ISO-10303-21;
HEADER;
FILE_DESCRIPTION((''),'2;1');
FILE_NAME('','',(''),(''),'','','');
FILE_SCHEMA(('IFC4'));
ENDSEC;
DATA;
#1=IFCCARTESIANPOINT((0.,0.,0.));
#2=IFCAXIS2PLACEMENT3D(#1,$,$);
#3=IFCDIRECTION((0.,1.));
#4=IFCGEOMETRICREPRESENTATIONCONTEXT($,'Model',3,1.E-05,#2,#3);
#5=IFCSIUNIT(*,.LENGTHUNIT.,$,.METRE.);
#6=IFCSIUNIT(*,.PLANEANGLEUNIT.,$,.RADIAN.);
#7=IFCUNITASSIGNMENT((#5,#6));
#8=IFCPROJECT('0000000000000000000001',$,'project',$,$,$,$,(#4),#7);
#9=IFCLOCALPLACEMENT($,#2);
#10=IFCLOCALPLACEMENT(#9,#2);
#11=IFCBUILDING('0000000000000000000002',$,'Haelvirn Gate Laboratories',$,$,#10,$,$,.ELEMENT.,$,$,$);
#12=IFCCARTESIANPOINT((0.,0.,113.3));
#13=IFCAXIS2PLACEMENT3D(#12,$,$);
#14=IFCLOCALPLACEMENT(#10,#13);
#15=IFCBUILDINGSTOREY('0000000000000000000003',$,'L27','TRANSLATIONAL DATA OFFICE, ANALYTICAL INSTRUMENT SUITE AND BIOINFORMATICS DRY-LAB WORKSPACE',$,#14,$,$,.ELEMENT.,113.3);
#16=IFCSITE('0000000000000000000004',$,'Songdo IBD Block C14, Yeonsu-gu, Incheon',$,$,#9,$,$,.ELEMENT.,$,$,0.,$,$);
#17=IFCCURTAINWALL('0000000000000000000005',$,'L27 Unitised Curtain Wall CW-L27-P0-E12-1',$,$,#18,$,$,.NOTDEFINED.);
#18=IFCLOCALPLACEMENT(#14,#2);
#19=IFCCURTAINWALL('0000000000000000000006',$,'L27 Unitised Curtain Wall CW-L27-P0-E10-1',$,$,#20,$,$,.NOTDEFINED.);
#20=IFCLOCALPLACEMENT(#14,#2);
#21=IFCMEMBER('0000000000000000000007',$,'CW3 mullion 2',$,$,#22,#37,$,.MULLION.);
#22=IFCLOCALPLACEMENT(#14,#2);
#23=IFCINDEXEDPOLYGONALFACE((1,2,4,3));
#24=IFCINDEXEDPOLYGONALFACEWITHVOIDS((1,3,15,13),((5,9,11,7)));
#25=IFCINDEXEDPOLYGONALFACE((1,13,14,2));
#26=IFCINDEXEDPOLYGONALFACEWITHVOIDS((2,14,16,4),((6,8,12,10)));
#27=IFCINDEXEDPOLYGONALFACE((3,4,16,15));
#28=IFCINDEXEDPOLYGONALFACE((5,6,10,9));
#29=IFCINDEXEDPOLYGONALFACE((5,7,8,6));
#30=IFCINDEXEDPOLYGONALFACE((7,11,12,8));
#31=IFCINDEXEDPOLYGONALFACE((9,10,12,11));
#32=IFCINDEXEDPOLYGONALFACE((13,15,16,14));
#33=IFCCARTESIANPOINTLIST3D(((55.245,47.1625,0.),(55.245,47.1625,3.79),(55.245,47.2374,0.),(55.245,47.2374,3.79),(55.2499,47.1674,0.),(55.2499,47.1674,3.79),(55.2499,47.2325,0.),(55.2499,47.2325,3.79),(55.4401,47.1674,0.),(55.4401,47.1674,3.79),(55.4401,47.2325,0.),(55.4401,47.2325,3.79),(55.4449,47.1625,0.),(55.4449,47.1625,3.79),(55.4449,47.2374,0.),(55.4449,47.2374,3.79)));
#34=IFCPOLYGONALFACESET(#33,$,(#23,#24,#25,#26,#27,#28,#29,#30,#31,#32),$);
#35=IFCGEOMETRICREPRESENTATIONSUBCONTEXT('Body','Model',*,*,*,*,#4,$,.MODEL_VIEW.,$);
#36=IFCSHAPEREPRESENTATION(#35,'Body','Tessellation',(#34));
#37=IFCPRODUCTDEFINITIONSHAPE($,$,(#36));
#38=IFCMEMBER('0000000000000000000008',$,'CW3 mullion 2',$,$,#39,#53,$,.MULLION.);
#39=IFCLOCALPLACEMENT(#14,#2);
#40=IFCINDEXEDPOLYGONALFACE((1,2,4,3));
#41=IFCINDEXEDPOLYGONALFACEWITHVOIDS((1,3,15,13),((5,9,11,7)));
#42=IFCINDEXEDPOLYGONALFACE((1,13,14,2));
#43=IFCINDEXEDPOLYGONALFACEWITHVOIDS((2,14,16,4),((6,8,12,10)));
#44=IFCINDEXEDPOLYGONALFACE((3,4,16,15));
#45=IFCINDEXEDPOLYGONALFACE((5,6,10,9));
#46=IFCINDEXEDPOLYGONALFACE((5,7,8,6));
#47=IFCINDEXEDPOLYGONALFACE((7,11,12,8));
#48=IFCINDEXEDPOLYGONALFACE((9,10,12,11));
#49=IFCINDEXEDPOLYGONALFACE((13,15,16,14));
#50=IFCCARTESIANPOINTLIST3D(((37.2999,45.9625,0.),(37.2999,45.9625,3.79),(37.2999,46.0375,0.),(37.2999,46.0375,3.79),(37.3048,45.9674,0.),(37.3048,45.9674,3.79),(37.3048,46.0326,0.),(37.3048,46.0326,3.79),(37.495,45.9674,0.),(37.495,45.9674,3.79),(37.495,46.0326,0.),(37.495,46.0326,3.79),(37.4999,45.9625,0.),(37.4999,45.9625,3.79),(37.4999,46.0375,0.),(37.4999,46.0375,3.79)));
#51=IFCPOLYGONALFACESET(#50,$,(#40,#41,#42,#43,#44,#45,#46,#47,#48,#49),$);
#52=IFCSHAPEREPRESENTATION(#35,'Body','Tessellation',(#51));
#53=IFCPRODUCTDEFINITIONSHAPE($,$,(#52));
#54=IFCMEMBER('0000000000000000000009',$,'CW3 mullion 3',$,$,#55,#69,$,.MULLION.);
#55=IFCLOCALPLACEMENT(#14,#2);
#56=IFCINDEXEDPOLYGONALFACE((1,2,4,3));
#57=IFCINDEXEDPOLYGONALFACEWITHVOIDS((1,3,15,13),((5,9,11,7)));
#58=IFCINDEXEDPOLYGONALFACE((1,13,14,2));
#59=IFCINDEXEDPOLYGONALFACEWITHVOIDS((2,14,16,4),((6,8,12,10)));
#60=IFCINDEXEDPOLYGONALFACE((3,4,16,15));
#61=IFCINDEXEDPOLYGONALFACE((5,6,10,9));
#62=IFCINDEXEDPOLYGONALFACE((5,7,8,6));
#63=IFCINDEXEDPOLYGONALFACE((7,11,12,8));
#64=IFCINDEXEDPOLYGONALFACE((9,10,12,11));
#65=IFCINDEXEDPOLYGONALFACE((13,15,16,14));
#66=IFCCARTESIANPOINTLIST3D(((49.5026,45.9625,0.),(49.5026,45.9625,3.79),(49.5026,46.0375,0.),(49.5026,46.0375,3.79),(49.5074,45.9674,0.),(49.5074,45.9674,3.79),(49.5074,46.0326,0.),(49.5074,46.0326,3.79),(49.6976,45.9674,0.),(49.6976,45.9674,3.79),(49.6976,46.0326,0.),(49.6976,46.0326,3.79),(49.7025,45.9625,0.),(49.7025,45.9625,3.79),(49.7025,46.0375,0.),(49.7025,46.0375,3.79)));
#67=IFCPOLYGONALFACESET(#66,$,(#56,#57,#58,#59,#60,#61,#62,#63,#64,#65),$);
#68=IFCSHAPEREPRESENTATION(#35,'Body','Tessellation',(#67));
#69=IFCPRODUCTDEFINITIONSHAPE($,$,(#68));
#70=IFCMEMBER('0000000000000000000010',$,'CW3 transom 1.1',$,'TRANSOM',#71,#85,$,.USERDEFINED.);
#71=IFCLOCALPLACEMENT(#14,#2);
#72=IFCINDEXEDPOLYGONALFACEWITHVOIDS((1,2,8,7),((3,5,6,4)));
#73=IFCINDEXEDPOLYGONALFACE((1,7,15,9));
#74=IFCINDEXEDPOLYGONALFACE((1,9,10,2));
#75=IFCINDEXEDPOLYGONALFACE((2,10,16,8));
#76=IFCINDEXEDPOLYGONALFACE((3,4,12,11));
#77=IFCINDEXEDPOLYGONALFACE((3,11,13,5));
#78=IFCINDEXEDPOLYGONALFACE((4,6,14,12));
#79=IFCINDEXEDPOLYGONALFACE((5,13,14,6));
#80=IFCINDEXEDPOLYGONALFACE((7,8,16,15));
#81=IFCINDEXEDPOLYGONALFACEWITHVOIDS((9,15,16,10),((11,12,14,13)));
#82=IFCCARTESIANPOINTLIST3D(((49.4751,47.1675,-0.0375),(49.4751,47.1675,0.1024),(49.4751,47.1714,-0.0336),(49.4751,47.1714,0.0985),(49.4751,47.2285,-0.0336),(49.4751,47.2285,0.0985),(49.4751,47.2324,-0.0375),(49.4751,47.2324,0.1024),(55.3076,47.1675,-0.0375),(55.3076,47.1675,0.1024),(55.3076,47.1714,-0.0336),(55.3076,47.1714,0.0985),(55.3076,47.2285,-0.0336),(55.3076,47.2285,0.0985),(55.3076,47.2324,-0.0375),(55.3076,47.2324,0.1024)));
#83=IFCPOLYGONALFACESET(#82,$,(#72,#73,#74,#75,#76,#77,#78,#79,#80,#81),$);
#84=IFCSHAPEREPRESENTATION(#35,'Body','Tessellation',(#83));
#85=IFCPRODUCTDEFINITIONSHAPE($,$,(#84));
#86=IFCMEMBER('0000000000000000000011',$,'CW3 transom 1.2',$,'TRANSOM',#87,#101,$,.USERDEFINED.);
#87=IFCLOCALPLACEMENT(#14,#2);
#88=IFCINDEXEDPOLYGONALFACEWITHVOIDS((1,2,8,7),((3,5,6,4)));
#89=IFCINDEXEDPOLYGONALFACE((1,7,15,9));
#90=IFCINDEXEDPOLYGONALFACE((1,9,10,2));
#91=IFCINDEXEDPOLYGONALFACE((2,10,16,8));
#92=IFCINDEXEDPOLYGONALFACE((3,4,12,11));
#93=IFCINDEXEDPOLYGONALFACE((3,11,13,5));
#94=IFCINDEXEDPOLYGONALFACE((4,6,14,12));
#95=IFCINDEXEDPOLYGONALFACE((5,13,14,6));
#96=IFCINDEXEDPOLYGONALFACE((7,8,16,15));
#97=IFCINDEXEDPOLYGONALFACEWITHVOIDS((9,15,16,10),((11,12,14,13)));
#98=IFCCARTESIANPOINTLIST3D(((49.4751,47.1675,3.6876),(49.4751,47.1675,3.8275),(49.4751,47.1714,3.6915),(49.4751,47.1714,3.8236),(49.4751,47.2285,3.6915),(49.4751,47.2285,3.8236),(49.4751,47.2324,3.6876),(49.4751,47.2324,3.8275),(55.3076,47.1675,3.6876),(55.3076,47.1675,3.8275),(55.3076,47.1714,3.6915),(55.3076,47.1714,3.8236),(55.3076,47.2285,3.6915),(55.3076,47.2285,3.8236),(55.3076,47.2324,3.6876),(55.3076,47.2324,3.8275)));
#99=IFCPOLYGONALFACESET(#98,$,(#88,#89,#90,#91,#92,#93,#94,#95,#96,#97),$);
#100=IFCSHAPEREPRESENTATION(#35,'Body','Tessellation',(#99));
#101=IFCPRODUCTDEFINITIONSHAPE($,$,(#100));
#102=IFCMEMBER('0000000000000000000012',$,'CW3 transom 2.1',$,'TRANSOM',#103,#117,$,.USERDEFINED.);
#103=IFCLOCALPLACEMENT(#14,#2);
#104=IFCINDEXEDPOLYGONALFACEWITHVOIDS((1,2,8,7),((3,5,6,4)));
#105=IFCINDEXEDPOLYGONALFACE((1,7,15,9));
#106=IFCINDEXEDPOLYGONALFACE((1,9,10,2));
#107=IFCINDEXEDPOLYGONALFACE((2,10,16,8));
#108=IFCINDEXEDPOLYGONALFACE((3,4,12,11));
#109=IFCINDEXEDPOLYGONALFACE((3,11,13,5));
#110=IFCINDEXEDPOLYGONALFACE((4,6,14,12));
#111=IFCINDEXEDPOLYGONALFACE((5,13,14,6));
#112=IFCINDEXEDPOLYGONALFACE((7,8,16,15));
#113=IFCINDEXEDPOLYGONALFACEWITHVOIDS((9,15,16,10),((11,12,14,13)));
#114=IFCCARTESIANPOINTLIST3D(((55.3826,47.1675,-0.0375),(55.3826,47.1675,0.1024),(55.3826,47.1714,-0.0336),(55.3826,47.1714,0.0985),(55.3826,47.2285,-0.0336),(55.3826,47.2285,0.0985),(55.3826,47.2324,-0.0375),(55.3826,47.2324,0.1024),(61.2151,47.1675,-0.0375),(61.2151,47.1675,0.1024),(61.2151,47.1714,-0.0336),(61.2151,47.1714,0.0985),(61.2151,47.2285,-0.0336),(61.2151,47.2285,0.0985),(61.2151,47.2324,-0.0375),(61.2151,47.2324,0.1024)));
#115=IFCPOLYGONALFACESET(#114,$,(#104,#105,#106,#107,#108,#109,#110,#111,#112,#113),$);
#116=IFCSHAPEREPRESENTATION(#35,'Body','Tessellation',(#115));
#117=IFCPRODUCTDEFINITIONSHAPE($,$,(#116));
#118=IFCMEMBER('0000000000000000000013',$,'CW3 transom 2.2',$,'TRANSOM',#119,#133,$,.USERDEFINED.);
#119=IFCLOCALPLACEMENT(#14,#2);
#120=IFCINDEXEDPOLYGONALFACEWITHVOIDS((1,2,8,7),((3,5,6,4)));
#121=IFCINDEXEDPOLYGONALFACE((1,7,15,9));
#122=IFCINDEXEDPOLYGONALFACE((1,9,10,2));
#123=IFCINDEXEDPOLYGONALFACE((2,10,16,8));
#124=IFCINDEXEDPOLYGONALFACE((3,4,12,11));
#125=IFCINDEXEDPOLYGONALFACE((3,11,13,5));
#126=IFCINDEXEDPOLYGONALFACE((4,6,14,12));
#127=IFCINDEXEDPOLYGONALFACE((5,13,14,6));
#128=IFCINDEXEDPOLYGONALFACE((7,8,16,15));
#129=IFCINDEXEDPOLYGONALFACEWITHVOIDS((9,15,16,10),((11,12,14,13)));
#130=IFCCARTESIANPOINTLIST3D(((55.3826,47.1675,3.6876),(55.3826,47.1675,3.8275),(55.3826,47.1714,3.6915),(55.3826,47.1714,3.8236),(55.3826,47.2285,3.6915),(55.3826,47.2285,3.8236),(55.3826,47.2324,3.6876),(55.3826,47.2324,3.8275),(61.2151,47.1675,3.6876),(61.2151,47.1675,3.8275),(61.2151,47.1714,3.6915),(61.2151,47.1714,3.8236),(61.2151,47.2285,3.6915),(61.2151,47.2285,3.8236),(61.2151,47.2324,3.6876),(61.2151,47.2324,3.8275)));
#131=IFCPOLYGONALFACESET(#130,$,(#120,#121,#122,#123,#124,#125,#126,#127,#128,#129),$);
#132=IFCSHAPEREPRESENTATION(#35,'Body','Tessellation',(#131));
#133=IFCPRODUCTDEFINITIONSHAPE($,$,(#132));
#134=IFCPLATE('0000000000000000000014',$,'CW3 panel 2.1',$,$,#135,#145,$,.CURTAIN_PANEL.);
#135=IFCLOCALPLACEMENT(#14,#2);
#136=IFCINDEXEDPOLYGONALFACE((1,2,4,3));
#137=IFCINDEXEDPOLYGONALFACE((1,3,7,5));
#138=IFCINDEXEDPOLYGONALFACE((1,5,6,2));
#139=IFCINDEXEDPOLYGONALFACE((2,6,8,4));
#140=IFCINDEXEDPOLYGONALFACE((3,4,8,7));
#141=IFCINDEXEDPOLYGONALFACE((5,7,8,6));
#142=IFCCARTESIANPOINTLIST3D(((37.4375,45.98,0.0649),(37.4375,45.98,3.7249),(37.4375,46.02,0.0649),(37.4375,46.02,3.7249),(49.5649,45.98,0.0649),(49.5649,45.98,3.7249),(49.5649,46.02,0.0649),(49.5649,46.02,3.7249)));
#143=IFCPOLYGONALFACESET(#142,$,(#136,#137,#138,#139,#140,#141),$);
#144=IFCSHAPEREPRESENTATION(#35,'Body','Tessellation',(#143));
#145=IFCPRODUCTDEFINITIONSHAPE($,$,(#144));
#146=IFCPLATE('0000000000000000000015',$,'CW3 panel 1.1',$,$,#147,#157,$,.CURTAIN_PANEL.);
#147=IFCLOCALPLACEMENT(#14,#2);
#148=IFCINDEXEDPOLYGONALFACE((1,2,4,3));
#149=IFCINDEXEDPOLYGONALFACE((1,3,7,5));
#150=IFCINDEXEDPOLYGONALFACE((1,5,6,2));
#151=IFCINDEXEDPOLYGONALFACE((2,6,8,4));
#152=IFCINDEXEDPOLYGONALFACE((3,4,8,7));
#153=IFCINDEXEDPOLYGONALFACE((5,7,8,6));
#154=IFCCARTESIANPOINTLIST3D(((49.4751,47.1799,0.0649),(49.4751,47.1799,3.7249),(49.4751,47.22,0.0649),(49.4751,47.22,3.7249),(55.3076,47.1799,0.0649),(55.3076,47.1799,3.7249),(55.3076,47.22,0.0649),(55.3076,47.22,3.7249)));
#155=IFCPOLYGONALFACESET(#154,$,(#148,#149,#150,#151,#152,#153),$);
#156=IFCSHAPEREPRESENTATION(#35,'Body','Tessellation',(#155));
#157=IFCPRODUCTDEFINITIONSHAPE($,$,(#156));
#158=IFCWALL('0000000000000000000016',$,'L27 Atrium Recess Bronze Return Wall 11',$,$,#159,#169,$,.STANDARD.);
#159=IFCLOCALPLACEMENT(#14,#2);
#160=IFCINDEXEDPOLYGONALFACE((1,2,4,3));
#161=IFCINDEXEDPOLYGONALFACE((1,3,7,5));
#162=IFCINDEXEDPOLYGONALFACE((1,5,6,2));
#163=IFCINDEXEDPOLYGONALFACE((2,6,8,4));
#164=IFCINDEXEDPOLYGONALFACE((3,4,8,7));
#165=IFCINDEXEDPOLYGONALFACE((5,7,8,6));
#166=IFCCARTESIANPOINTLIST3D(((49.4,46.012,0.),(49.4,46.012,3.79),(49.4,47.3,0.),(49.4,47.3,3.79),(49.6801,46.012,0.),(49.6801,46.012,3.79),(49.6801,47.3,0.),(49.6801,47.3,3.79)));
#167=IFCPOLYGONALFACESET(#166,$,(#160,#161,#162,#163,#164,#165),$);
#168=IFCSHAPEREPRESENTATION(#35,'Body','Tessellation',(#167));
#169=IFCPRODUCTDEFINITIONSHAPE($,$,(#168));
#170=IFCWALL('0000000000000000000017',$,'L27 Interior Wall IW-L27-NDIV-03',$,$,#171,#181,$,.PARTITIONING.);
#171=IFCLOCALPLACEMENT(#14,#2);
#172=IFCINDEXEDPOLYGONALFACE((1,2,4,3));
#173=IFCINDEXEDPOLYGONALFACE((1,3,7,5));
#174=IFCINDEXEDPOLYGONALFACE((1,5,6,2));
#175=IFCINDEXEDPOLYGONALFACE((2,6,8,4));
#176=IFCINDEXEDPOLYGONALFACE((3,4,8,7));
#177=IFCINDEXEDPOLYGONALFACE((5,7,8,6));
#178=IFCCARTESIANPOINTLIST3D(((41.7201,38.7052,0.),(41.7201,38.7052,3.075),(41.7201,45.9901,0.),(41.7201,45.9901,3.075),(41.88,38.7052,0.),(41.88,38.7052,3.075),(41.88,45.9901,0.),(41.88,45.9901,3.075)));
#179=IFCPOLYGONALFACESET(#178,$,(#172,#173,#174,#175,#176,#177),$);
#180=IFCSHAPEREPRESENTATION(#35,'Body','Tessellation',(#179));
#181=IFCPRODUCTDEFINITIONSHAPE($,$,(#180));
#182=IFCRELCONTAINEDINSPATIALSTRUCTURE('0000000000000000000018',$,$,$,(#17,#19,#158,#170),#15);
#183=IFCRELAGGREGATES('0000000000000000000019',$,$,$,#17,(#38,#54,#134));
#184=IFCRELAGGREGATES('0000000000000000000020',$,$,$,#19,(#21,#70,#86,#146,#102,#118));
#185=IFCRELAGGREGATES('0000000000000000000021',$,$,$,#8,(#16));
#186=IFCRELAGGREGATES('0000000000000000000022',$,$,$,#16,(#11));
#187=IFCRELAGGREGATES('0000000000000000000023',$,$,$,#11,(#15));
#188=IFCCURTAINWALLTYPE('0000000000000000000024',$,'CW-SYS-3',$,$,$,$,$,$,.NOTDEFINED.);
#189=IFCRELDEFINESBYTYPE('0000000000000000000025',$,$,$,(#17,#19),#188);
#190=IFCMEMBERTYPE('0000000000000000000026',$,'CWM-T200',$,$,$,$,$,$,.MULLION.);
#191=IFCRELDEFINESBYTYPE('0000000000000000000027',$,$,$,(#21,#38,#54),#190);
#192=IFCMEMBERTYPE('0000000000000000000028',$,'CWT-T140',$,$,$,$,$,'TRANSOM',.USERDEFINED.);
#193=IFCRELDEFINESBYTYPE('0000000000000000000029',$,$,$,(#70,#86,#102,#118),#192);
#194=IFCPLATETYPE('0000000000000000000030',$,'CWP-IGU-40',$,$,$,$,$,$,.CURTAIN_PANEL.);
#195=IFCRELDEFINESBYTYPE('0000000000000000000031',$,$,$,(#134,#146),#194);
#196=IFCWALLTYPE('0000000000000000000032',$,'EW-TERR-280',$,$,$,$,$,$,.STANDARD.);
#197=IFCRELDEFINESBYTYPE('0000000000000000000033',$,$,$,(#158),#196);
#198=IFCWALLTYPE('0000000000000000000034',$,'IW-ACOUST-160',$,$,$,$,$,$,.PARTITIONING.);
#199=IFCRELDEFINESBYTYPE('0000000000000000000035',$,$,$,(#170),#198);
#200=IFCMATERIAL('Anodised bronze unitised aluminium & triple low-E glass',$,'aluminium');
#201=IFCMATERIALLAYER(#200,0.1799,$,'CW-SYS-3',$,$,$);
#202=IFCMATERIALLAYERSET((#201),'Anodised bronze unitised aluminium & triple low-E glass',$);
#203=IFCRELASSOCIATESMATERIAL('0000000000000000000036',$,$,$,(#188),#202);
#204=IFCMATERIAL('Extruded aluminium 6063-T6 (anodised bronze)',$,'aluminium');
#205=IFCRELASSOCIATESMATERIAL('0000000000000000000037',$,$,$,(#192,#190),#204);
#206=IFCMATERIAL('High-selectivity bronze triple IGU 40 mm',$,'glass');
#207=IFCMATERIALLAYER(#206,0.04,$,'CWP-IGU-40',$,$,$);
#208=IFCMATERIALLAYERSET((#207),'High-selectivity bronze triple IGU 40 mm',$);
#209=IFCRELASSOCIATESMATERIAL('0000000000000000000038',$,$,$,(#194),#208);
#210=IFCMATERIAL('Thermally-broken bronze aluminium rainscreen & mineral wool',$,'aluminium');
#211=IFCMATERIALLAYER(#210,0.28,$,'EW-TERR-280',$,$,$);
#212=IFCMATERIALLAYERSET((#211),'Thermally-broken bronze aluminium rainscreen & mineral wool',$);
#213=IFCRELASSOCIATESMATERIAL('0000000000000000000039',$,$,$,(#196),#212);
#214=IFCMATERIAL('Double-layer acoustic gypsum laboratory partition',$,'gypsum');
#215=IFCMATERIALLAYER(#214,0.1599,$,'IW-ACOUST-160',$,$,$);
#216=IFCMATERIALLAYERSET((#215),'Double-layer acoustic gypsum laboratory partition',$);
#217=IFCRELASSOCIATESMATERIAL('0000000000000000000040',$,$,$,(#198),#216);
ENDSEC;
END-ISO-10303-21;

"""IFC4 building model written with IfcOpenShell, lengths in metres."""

from ifc_helpers import new_model, si_unit, direction, frame, frame_2d, origin, origin_2d, place, context, subcontext, project, spatial, rectangle, hollow_rectangle, extrude, source, transform, mapped, material, layer, layer_set, material_profile, profile_set, type_object, type_shapes, element, aggregate, save


model = new_model("IFC4")

# Units and contexts
model_context = context("Model", 3, precision=1e-05, world=origin(), true_north=direction((0.0, 1.0)))
body_context = subcontext(model_context, "Body", "Model", "MODEL_VIEW")
ifc_project = project(units=[si_unit("LENGTHUNIT", "METRE"), si_unit("PLANEANGLEUNIT", "RADIAN")], contexts=[model_context])

# Site, building, storey
site_placement = place(None, origin())
site = spatial("IfcSite", under=ifc_project, at=site_placement, Name="Songdo IBD Block C14, Yeonsu-gu, Incheon", CompositionType="ELEMENT", RefElevation=0.0)
building_placement = place(site_placement, origin())
building = spatial("IfcBuilding", under=site, at=building_placement, Name="Haelvirn Gate Laboratories", CompositionType="ELEMENT")
storey_placement = place(building_placement, frame((0.0, 0.0, 113.3)))
storey = spatial("IfcBuildingStorey", under=building, at=storey_placement, Name="L27", Description="TRANSLATIONAL DATA OFFICE, ANALYTICAL INSTRUMENT SUITE AND BIOINFORMATICS DRY-LAB WORKSPACE", CompositionType="ELEMENT", Elevation=113.3)

# Curtain walls, member
ifc_material_1 = material(Name="Anodised bronze unitised aluminium & triple low-E glass", Category="aluminium")
ifc_layer_1 = layer(ifc_material_1, 0.1799, Name="CW-SYS-3")
ifc_layer_set_1 = layer_set([ifc_layer_1], Name="Anodised bronze unitised aluminium & triple low-E glass")
curtain_wall_type = type_object("IfcCurtainWallType", Name="CW-SYS-3", PredefinedType="NOTDEFINED", material=ifc_layer_set_1)
curtain_wall_1_placement = place(storey_placement, origin())
curtain_wall_1 = element("IfcCurtainWall", 1, at=curtain_wall_1_placement, inside=storey, type_object=curtain_wall_type, Name="L27 Unitised Curtain Wall CW-L27-P0-E12-1", PredefinedType="NOTDEFINED")
ifc_material_2 = material(Name="Extruded aluminium 6063-T6 (anodised bronze)", Category="aluminium")
ifc_material_profile_1 = material_profile(ifc_material_2, hollow_rectangle(XDim=0.0649, YDim=0.1399, WallThickness=0.0039, at=origin_2d()), Name="CWT-140x65x4")
ifc_profile_set_1 = profile_set([ifc_material_profile_1], Name="Extruded aluminium 6063-T6 (anodised bronze)")
member_type_1 = type_object("IfcMemberType", Name="CWT-T140", ElementType="TRANSOM", PredefinedType="USERDEFINED", material=ifc_profile_set_1)
curtain_wall_2_placement = place(storey_placement, origin())
curtain_wall_2 = element("IfcCurtainWall", 2, at=curtain_wall_2_placement, inside=storey, type_object=curtain_wall_type, Name="L27 Unitised Curtain Wall CW-L27-P0-E10-1", PredefinedType="NOTDEFINED")
ifc_material_profile_2 = material_profile(ifc_material_2, hollow_rectangle(XDim=0.075, YDim=0.2, WallThickness=0.0049, at=origin_2d()), Name="CWM-200x75x5")
ifc_profile_set_2 = profile_set([ifc_material_profile_2], Name="Extruded aluminium 6063-T6 (anodised bronze)")
member_type_2 = type_object("IfcMemberType", Name="CWM-T200", PredefinedType="MULLION", material=ifc_profile_set_2)
shared_shape_1 = source(origin(), body_context, "Body", "SweptSolid", [
    extrude(hollow_rectangle(XDim=0.075, YDim=0.2, WallThickness=0.0049, at=origin_2d()), origin(), (0.0, 0.0, 1.0), 3.79),
])
type_shapes(member_type_2, [shared_shape_1])
member_1_placement = place(storey_placement, frame((55.345, 47.2, 0.0), z_axis=(0.0, 0.0, 1.0), x_axis=(0.0, 1.0, 0.0)))
member_1 = element("IfcMember", 3, at=member_1_placement, type_object=member_type_2, Name="CW3 mullion 2", PredefinedType="MULLION", context=body_context, shape_type="MappedRepresentation", body=[
    mapped(shared_shape_1, transform((0.0, 0.0, 0.0), scale=1.0)),
])

# Members
member_2_placement = place(storey_placement, frame((37.3999, 46.0, 0.0), z_axis=(0.0, 0.0, 1.0), x_axis=(0.0, 1.0, 0.0)))
member_2 = element("IfcMember", 4, at=member_2_placement, type_object=member_type_2, Name="CW3 mullion 2", PredefinedType="MULLION", context=body_context, shape_type="MappedRepresentation", body=[
    mapped(shared_shape_1, transform((0.0, 0.0, 0.0), scale=1.0)),
])
member_3_placement = place(storey_placement, frame((49.6025, 46.0, 0.0), z_axis=(0.0, 0.0, 1.0), x_axis=(0.0, 1.0, 0.0)))
member_3 = element("IfcMember", 5, at=member_3_placement, type_object=member_type_2, Name="CW3 mullion 3", PredefinedType="MULLION", context=body_context, shape_type="MappedRepresentation", body=[
    mapped(shared_shape_1, transform((0.0, 0.0, 0.0), scale=1.0)),
])
shared_shape_2 = source(origin(), body_context, "Body", "SweptSolid", [
    extrude(hollow_rectangle(XDim=0.0649, YDim=0.1399, WallThickness=0.0039, at=origin_2d()), origin(), (0.0, 0.0, 1.0), 5.8325),
])
member_4_placement = place(storey_placement, frame((49.4751, 47.2, 0.0325), z_axis=(1.0, 0.0, 0.0), x_axis=(0.0, 1.0, 0.0)))
member_4 = element("IfcMember", 6, at=member_4_placement, type_object=member_type_1, Name="CW3 transom 1.1", ObjectType="TRANSOM", PredefinedType="USERDEFINED", context=body_context, shape_type="MappedRepresentation", body=[
    mapped(shared_shape_2, transform((0.0, 0.0, 0.0), scale=1.0)),
])
member_5_placement = place(storey_placement, frame((49.4751, 47.2, 3.7576), z_axis=(1.0, 0.0, 0.0), x_axis=(0.0, 1.0, 0.0)))
member_5 = element("IfcMember", 7, at=member_5_placement, type_object=member_type_1, Name="CW3 transom 1.2", ObjectType="TRANSOM", PredefinedType="USERDEFINED", context=body_context, shape_type="MappedRepresentation", body=[
    mapped(shared_shape_2, transform((0.0, 0.0, 0.0), scale=1.0)),
])
member_6_placement = place(storey_placement, frame((55.3826, 47.2, 0.0325), z_axis=(1.0, 0.0, 0.0), x_axis=(0.0, 1.0, 0.0)))
member_6 = element("IfcMember", 8, at=member_6_placement, type_object=member_type_1, Name="CW3 transom 2.1", ObjectType="TRANSOM", PredefinedType="USERDEFINED", context=body_context, shape_type="MappedRepresentation", body=[
    mapped(shared_shape_2, transform((0.0, 0.0, 0.0), scale=1.0)),
])
member_7_placement = place(storey_placement, frame((55.3826, 47.2, 3.7576), z_axis=(1.0, 0.0, 0.0), x_axis=(0.0, 1.0, 0.0)))
member_7 = element("IfcMember", 9, at=member_7_placement, type_object=member_type_1, Name="CW3 transom 2.2", ObjectType="TRANSOM", PredefinedType="USERDEFINED", context=body_context, shape_type="MappedRepresentation", body=[
    mapped(shared_shape_2, transform((0.0, 0.0, 0.0), scale=1.0)),
])

# Plates
ifc_material_3 = material(Name="High-selectivity bronze triple IGU 40 mm", Category="glass")
ifc_layer_2 = layer(ifc_material_3, 0.04, Name="CWP-IGU-40")
ifc_layer_set_2 = layer_set([ifc_layer_2], Name="High-selectivity bronze triple IGU 40 mm")
plate_type = type_object("IfcPlateType", Name="CWP-IGU-40", PredefinedType="CURTAIN_PANEL", material=ifc_layer_set_2)
shared_shape_3 = source(origin(), body_context, "Body", "SweptSolid", [
    extrude(rectangle(XDim=12.1274, YDim=0.04, at=origin_2d()), origin(), (0.0, 0.0, 1.0), 3.6599),
])
plate_1_placement = place(storey_placement, frame((43.5012, 46.0, 0.0649), z_axis=(0.0, 0.0, 1.0), x_axis=(1.0, 0.0, 0.0)))
plate_1 = element("IfcPlate", 10, at=plate_1_placement, type_object=plate_type, Name="CW3 panel 2.1", PredefinedType="CURTAIN_PANEL", context=body_context, shape_type="MappedRepresentation", body=[
    mapped(shared_shape_3, transform((0.0, 0.0, 0.0), scale=1.0)),
])
aggregate(curtain_wall_1, [member_2, member_3, plate_1])
shared_shape_4 = source(origin(), body_context, "Body", "SweptSolid", [
    extrude(rectangle(XDim=5.8325, YDim=0.04, at=origin_2d()), origin(), (0.0, 0.0, 1.0), 3.6599),
])
type_shapes(plate_type, [shared_shape_3, shared_shape_4])
plate_2_placement = place(storey_placement, frame((52.3914, 47.2, 0.0649), z_axis=(0.0, 0.0, 1.0), x_axis=(1.0, 0.0, 0.0)))
plate_2 = element("IfcPlate", 11, at=plate_2_placement, type_object=plate_type, Name="CW3 panel 1.1", PredefinedType="CURTAIN_PANEL", context=body_context, shape_type="MappedRepresentation", body=[
    mapped(shared_shape_4, transform((0.0, 0.0, 0.0), scale=1.0)),
])
aggregate(curtain_wall_2, [member_1, member_4, member_5, plate_2, member_6, member_7])

# Walls
ifc_material_4 = material(Name="Thermally-broken bronze aluminium rainscreen & mineral wool", Category="aluminium")
ifc_layer_3 = layer(ifc_material_4, 0.28, Name="EW-TERR-280")
ifc_layer_set_3 = layer_set([ifc_layer_3], Name="Thermally-broken bronze aluminium rainscreen & mineral wool")
wall_type_1 = type_object("IfcWallType", Name="EW-TERR-280", PredefinedType="STANDARD", material=ifc_layer_set_3)
wall_1_placement = place(storey_placement, frame((49.54, 47.3, 0.0), z_axis=(0.0, 0.0, 1.0), x_axis=(0.0, -1.0, 0.0)))
element("IfcWall", 12, at=wall_1_placement, inside=storey, type_object=wall_type_1, Name="L27 Atrium Recess Bronze Return Wall 11", PredefinedType="STANDARD", context=body_context, shape_type="SweptSolid", body=[
    extrude(rectangle(XDim=1.2881, YDim=0.28, at=frame_2d((0.644, 0.0))), origin(), (0.0, 0.0, 1.0), 3.79),
])
ifc_material_5 = material(Name="Double-layer acoustic gypsum laboratory partition", Category="gypsum")
ifc_layer_4 = layer(ifc_material_5, 0.1599, Name="IW-ACOUST-160")
ifc_layer_set_4 = layer_set([ifc_layer_4], Name="Double-layer acoustic gypsum laboratory partition")
wall_type_2 = type_object("IfcWallType", Name="IW-ACOUST-160", PredefinedType="PARTITIONING", material=ifc_layer_set_4)
wall_2_placement = place(storey_placement, frame((41.8, 38.7051, 0.0), z_axis=(0.0, 0.0, 1.0), x_axis=(0.0, 1.0, 0.0)))
element("IfcWall", 13, at=wall_2_placement, inside=storey, type_object=wall_type_2, Name="L27 Interior Wall IW-L27-NDIV-03", PredefinedType="PARTITIONING", context=body_context, shape_type="SweptSolid", body=[
    extrude(rectangle(XDim=7.2849, YDim=0.1599, at=frame_2d((3.6426, 0.0))), origin(), (0.0, 0.0, 1.0), 3.075),
])

save(model, "model.ifc")
